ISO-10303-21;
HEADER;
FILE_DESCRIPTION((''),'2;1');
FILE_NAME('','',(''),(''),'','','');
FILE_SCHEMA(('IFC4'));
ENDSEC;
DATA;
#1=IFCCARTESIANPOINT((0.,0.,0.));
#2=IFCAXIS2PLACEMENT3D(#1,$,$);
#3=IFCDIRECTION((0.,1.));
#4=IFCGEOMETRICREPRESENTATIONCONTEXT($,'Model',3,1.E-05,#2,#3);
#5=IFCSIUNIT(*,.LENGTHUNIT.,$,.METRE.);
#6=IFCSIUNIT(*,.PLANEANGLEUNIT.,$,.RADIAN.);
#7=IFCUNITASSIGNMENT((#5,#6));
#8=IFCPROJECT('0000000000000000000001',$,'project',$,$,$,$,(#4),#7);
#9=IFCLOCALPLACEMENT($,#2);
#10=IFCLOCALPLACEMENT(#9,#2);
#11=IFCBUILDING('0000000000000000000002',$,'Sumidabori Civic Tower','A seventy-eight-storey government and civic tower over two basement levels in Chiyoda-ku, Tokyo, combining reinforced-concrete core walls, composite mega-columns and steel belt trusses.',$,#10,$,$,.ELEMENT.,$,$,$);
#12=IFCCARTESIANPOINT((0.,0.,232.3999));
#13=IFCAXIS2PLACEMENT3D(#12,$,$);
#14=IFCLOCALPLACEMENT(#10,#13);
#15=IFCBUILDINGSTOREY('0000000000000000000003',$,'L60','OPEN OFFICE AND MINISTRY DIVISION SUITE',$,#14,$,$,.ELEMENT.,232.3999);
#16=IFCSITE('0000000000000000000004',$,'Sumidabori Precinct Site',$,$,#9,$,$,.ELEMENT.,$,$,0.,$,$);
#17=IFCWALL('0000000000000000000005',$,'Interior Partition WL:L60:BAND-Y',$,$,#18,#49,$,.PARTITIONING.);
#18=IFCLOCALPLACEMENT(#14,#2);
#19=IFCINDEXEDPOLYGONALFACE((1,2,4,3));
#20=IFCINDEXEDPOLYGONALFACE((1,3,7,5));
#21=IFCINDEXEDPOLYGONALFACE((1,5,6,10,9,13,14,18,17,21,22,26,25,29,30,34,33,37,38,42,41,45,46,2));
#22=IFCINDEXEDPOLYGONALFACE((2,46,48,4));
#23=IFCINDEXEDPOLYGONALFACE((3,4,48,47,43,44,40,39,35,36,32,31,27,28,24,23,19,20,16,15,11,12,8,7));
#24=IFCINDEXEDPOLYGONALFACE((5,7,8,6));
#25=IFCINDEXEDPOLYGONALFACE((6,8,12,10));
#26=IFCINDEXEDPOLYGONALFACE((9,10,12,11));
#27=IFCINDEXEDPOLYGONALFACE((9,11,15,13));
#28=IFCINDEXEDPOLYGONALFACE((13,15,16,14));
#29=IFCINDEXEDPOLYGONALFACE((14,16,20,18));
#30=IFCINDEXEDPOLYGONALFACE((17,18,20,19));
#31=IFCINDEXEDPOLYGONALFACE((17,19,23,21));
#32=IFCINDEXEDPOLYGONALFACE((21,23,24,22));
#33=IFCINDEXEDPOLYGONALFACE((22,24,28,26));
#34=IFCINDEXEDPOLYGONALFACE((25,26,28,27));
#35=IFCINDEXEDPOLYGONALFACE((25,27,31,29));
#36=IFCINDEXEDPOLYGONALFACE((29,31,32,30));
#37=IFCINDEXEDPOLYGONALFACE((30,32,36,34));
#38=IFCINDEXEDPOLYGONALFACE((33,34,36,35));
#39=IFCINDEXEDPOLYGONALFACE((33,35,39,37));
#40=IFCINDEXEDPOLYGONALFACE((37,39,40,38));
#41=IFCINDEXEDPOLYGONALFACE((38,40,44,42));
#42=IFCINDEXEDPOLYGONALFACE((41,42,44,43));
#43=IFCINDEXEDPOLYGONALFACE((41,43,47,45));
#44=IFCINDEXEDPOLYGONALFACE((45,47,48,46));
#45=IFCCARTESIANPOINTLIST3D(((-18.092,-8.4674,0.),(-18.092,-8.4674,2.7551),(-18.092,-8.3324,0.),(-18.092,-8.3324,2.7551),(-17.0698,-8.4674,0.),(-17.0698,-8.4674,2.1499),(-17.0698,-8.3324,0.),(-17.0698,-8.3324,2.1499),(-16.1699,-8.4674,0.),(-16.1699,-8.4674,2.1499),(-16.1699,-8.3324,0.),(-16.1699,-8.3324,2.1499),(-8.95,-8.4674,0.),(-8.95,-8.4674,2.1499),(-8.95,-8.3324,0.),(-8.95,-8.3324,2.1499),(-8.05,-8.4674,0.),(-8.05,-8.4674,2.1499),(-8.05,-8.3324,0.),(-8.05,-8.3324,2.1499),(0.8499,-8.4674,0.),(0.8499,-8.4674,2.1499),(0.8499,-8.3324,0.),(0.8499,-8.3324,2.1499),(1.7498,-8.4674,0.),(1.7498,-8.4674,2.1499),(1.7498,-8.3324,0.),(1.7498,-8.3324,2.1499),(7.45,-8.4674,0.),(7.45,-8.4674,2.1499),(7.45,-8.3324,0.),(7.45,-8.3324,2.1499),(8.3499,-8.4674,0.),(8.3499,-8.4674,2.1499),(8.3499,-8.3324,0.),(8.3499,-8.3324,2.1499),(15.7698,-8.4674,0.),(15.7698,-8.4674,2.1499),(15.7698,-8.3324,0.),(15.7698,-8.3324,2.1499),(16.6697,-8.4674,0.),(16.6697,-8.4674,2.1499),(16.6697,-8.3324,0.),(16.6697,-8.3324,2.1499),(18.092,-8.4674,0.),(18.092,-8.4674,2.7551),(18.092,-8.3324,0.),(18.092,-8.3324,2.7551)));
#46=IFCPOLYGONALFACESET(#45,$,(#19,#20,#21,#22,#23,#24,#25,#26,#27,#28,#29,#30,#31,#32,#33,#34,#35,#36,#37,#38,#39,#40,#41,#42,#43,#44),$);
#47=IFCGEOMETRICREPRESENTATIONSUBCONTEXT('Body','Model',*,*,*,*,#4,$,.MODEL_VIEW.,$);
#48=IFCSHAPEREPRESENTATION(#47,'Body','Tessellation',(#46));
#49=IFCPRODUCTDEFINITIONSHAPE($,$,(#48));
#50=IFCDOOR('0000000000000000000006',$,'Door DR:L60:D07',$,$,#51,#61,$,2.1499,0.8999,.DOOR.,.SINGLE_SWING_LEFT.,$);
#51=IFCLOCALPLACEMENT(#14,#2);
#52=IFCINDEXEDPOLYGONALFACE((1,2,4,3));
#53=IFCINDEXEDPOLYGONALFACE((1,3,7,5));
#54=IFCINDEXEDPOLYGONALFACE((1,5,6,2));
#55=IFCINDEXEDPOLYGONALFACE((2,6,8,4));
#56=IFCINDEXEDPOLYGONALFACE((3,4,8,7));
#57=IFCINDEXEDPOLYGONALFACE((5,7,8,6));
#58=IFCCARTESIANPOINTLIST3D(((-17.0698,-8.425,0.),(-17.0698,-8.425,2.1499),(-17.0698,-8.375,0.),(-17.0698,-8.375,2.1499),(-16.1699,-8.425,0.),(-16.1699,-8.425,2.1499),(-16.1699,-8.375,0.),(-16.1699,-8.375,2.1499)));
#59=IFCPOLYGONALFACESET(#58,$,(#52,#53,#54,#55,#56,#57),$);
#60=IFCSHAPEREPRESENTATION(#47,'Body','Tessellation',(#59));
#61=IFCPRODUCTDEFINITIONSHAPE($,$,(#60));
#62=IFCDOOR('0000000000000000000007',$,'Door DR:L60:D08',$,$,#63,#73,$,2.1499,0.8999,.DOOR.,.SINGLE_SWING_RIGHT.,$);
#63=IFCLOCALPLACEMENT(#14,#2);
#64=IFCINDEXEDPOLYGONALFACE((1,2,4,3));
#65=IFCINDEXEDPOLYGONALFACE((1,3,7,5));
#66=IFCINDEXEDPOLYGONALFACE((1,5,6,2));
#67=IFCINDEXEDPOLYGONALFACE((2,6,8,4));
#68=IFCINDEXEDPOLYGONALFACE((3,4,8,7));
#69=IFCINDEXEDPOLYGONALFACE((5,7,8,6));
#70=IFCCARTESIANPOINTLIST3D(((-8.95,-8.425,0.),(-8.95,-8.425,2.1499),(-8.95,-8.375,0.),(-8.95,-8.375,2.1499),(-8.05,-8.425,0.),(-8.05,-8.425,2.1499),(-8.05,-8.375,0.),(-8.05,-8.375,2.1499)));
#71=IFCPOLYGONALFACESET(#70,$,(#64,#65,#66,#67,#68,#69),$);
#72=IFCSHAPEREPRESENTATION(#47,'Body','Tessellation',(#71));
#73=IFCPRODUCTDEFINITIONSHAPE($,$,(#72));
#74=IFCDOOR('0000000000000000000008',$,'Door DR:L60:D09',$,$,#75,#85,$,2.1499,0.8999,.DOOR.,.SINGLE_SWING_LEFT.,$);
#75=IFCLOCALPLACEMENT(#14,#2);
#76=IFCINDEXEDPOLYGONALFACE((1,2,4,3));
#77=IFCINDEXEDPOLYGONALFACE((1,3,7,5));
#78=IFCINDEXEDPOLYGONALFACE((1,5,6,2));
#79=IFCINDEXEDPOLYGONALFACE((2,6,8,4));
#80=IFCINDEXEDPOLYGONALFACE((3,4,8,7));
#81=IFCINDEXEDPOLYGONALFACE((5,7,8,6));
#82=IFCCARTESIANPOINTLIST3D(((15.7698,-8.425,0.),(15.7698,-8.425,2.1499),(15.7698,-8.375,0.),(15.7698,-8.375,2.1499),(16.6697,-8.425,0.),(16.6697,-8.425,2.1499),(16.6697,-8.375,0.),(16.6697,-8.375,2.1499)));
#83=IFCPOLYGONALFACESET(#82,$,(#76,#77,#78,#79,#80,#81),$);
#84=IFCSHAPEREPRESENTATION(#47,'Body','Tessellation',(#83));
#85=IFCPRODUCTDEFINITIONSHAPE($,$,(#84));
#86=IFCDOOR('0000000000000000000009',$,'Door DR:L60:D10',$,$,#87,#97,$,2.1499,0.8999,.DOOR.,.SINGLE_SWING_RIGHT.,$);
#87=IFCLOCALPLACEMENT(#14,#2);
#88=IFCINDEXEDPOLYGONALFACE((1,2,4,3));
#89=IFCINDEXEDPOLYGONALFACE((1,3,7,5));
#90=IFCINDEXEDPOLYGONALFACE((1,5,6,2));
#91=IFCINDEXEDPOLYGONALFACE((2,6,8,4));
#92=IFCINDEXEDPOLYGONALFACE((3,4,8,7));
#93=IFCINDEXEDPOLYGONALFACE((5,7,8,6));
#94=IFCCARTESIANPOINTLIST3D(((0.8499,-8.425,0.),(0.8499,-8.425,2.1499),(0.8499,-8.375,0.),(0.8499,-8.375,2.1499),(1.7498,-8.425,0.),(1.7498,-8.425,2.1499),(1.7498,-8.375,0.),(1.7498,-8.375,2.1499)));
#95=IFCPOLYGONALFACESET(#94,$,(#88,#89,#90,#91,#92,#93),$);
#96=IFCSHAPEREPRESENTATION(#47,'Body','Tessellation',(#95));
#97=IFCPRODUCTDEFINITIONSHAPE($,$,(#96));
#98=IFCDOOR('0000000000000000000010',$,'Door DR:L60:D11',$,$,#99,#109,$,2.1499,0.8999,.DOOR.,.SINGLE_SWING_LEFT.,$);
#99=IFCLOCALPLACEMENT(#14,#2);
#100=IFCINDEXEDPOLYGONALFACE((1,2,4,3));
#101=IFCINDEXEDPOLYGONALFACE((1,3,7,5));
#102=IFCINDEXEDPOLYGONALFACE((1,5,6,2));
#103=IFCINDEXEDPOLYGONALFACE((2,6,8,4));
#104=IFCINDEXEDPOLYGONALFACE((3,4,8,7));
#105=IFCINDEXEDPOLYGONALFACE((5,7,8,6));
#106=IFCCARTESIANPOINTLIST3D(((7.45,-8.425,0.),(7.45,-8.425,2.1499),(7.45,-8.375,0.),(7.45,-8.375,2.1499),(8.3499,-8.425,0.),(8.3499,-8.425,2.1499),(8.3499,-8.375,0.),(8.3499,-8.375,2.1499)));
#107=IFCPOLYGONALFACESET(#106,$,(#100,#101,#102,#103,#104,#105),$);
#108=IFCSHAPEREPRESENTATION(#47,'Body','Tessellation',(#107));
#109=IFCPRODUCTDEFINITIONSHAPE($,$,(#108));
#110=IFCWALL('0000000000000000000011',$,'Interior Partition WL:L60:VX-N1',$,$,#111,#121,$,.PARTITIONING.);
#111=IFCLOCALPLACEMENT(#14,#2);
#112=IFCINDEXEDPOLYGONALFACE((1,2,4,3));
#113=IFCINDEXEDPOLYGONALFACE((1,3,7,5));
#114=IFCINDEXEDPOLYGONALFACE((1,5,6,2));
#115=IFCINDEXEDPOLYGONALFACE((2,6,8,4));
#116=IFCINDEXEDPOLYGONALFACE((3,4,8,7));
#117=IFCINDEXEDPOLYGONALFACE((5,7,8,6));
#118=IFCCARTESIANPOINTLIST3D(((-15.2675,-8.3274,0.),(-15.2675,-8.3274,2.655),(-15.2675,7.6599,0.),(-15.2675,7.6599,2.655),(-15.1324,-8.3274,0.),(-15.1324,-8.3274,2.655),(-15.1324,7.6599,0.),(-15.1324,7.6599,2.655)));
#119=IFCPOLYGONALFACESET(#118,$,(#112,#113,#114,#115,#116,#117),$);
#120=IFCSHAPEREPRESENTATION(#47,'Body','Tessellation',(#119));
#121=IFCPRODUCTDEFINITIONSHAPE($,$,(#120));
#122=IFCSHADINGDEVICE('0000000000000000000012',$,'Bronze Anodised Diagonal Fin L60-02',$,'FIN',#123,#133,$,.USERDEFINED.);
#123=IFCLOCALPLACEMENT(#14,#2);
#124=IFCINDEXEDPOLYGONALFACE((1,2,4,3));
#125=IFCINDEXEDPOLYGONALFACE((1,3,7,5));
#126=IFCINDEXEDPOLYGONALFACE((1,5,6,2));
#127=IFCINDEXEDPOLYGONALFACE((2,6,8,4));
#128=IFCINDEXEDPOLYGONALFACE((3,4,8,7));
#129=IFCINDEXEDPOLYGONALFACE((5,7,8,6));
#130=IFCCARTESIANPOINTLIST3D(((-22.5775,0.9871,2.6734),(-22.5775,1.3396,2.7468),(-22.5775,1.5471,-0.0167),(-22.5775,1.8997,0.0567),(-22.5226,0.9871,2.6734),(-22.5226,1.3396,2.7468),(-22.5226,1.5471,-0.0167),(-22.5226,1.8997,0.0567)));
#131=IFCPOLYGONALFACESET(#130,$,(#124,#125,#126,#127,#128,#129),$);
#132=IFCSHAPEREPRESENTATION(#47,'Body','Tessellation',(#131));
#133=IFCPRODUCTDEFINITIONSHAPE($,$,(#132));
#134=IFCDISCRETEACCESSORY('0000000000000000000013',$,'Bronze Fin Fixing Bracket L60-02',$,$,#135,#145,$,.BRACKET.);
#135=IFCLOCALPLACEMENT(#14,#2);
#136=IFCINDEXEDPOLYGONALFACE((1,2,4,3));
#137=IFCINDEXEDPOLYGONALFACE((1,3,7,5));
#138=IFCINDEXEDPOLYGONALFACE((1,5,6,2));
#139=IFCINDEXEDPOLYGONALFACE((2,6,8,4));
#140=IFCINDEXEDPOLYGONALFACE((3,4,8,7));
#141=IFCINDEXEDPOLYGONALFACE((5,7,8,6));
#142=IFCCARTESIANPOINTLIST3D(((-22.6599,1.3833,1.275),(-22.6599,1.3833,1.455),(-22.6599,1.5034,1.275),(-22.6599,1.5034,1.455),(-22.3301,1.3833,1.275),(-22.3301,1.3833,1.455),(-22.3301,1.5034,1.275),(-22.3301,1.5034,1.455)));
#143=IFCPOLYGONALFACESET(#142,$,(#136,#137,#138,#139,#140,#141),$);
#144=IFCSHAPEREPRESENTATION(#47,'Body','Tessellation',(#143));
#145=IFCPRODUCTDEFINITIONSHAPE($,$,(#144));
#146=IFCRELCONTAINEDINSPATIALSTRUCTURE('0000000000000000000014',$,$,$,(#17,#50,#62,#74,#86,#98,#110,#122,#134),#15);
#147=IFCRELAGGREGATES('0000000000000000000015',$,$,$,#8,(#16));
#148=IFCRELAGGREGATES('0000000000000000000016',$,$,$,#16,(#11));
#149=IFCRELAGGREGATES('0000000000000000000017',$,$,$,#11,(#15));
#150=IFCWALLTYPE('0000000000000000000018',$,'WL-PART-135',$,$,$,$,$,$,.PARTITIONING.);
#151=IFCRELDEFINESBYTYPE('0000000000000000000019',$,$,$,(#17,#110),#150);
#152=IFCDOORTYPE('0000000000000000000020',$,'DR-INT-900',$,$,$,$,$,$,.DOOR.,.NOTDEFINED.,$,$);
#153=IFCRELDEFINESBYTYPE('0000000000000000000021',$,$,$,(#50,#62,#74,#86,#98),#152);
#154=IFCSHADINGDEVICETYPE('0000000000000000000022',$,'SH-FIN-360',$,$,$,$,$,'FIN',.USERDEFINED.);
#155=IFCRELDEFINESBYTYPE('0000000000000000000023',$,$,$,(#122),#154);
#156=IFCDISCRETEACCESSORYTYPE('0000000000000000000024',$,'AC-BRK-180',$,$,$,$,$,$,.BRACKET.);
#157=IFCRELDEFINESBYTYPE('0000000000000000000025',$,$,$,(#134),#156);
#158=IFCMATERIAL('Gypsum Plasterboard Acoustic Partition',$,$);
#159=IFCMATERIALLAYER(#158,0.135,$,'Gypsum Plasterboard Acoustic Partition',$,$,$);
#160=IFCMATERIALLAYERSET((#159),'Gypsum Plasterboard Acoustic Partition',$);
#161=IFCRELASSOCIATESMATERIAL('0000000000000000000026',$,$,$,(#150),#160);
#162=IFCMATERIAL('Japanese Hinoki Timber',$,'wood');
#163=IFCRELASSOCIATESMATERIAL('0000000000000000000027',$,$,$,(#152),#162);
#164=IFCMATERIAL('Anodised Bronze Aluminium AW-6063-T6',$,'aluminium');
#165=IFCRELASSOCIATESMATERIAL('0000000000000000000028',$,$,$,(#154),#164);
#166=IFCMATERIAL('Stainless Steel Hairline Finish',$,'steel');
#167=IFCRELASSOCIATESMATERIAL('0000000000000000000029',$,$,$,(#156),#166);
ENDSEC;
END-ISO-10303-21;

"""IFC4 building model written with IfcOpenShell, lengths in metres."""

from ifc_helpers import new_model, si_unit, direction, frame, frame_2d, origin, origin_2d, place, context, subcontext, project, spatial, rectangle, extrude, source, transform, mapped, material, layer, layer_set, material_profile, profile_set, type_object, element, fill, save


model = new_model("IFC4")

# Units and contexts
model_context = context("Model", 3, precision=1e-05, world=origin(), true_north=direction((0.0, 1.0)))
body_context = subcontext(model_context, "Body", "Model", "MODEL_VIEW")
ifc_project = project(units=[si_unit("LENGTHUNIT", "METRE"), si_unit("PLANEANGLEUNIT", "RADIAN")], contexts=[model_context])

# Site, building, storey
site_placement = place(None, origin())
site = spatial("IfcSite", under=ifc_project, at=site_placement, Name="Sumidabori Precinct Site", CompositionType="ELEMENT", RefElevation=0.0)
building_placement = place(site_placement, origin())
building = spatial("IfcBuilding", under=site, at=building_placement, Name="Sumidabori Civic Tower", Description="A seventy-eight-storey government and civic tower over two basement levels in Chiyoda-ku, Tokyo, combining reinforced-concrete core walls, composite mega-columns and steel belt trusses.", CompositionType="ELEMENT")
storey_placement = place(building_placement, frame((0.0, 0.0, 232.3999)))
storey = spatial("IfcBuildingStorey", under=building, at=storey_placement, Name="L60", Description="OPEN OFFICE AND MINISTRY DIVISION SUITE", CompositionType="ELEMENT", Elevation=232.3999)

# Shared definitions
ifc_material_1 = material(Name="Anodised Bronze Aluminium AW-6063-T6", Category="aluminium")

# Shared definitions
ifc_material_2 = material(Name="Gypsum Plasterboard Acoustic Partition")
ifc_layer_1 = layer(ifc_material_2, 0.135, Name="Gypsum Plasterboard Acoustic Partition")
ifc_layer_set_1 = layer_set([ifc_layer_1], Name="Gypsum Plasterboard Acoustic Partition")
wall_type_1 = type_object("IfcWallType", Name="WL-PART-135", PredefinedType="PARTITIONING", material=ifc_layer_set_1)
ifc_material_3 = material(Name="Japanese Hinoki Timber", Category="wood")
door_type = type_object("IfcDoorType", Name="DR-INT-900", OperationType="NOTDEFINED", PredefinedType="DOOR", material=ifc_material_3)
shared_shape_1 = source(origin(), body_context, "Body", "SweptSolid", [
    extrude(rectangle(XDim=0.8999, YDim=2.1499, at=frame_2d((0.45, 1.075))), frame((0.0, 0.0249, 0.0), z_axis=(0.0, -1.0, 0.0), x_axis=(1.0, 0.0, 0.0)), (0.0, 0.0, 1.0), 0.05),
])

# Wall, openings, doors
shared_shape_2 = source(origin(), body_context, "Body", "SweptSolid", [
    extrude(rectangle(XDim=36.1841, YDim=0.135, at=frame_2d((18.092, 0.0))), origin(), (0.0, 0.0, 1.0), 2.7551),
])
wall_1_placement = place(storey_placement, frame((-18.092, -8.3999, 0.0), z_axis=(0.0, 0.0, 1.0), x_axis=(1.0, 0.0, 0.0)))
wall_1 = element("IfcWall", 1, at=wall_1_placement, inside=storey, type_object=wall_type_1, Name="Interior Partition WL:L60:BAND-Y", PredefinedType="PARTITIONING", context=body_context, shape_type="MappedRepresentation", body=[
    mapped(shared_shape_2, transform((0.0, 0.0, 0.0), x_axis=(1.0, 0.0, 0.0), y_axis=(0.0, 1.0, 0.0), z_axis=(0.0, 0.0, 1.0), scale=1.0)),
])
opening_1_placement = place(wall_1_placement, frame((1.0222, 0.0, 0.0)))
opening_1 = element("IfcOpeningElement", 2, at=opening_1_placement, cuts=wall_1, PredefinedType="OPENING", context=body_context, shape_type="SweptSolid", body=[
    extrude(rectangle(XDim=0.8999, YDim=2.1499, at=frame_2d((0.45, 1.075))), frame((0.0, 0.0796, 0.0), z_axis=(0.0, -1.0, 0.0), x_axis=(1.0, 0.0, 0.0)), (0.0, 0.0, 1.0), 0.1589),
])
opening_2_placement = place(wall_1_placement, frame((9.1421, 0.0, 0.0)))
opening_2 = element("IfcOpeningElement", 3, at=opening_2_placement, cuts=wall_1, PredefinedType="OPENING", context=body_context, shape_type="SweptSolid", body=[
    extrude(rectangle(XDim=0.8999, YDim=2.1499, at=frame_2d((0.45, 1.075))), frame((0.0, 0.0796, 0.0), z_axis=(0.0, -1.0, 0.0), x_axis=(1.0, 0.0, 0.0)), (0.0, 0.0, 1.0), 0.1589),
])
opening_3_placement = place(wall_1_placement, frame((33.8618, 0.0, 0.0)))
opening_3 = element("IfcOpeningElement", 4, at=opening_3_placement, cuts=wall_1, PredefinedType="OPENING", context=body_context, shape_type="SweptSolid", body=[
    extrude(rectangle(XDim=0.8999, YDim=2.1499, at=frame_2d((0.45, 1.075))), frame((0.0, 0.0796, 0.0), z_axis=(0.0, -1.0, 0.0), x_axis=(1.0, 0.0, 0.0)), (0.0, 0.0, 1.0), 0.1589),
])
opening_4_placement = place(wall_1_placement, frame((18.9419, 0.0, 0.0)))
opening_4 = element("IfcOpeningElement", 5, at=opening_4_placement, cuts=wall_1, PredefinedType="OPENING", context=body_context, shape_type="SweptSolid", body=[
    extrude(rectangle(XDim=0.8999, YDim=2.1499, at=frame_2d((0.45, 1.075))), frame((0.0, 0.0796, 0.0), z_axis=(0.0, -1.0, 0.0), x_axis=(1.0, 0.0, 0.0)), (0.0, 0.0, 1.0), 0.1589),
])
opening_5_placement = place(wall_1_placement, frame((25.542, 0.0, 0.0)))
opening_5 = element("IfcOpeningElement", 6, at=opening_5_placement, cuts=wall_1, PredefinedType="OPENING", context=body_context, shape_type="SweptSolid", body=[
    extrude(rectangle(XDim=0.8999, YDim=2.1499, at=frame_2d((0.45, 1.075))), frame((0.0, 0.0796, 0.0), z_axis=(0.0, -1.0, 0.0), x_axis=(1.0, 0.0, 0.0)), (0.0, 0.0, 1.0), 0.1589),
])
door_1_placement = place(opening_1_placement, origin())
door_1 = element("IfcDoor", 7, at=door_1_placement, inside=storey, type_object=door_type, Name="Door DR:L60:D07", OperationType="SINGLE_SWING_LEFT", OverallHeight=2.1499, OverallWidth=0.8999, PredefinedType="DOOR", context=body_context, shape_type="MappedRepresentation", body=[
    mapped(shared_shape_1, transform((0.0, 0.0, 0.0), x_axis=(1.0, 0.0, 0.0), y_axis=(0.0, 1.0, 0.0), z_axis=(0.0, 0.0, 1.0), scale=1.0)),
])
fill(opening_1, door_1)
door_2_placement = place(opening_2_placement, origin())
door_2 = element("IfcDoor", 8, at=door_2_placement, inside=storey, type_object=door_type, Name="Door DR:L60:D08", OperationType="SINGLE_SWING_RIGHT", OverallHeight=2.1499, OverallWidth=0.8999, PredefinedType="DOOR", context=body_context, shape_type="MappedRepresentation", body=[
    mapped(shared_shape_1, transform((0.0, 0.0, 0.0), x_axis=(1.0, 0.0, 0.0), y_axis=(0.0, 1.0, 0.0), z_axis=(0.0, 0.0, 1.0), scale=1.0)),
])
fill(opening_2, door_2)
door_3_placement = place(opening_3_placement, origin())
door_3 = element("IfcDoor", 9, at=door_3_placement, inside=storey, type_object=door_type, Name="Door DR:L60:D09", OperationType="SINGLE_SWING_LEFT", OverallHeight=2.1499, OverallWidth=0.8999, PredefinedType="DOOR", context=body_context, shape_type="MappedRepresentation", body=[
    mapped(shared_shape_1, transform((0.0, 0.0, 0.0), x_axis=(1.0, 0.0, 0.0), y_axis=(0.0, 1.0, 0.0), z_axis=(0.0, 0.0, 1.0), scale=1.0)),
])
fill(opening_3, door_3)
door_4_placement = place(opening_4_placement, origin())
door_4 = element("IfcDoor", 10, at=door_4_placement, inside=storey, type_object=door_type, Name="Door DR:L60:D10", OperationType="SINGLE_SWING_RIGHT", OverallHeight=2.1499, OverallWidth=0.8999, PredefinedType="DOOR", context=body_context, shape_type="MappedRepresentation", body=[
    mapped(shared_shape_1, transform((0.0, 0.0, 0.0), x_axis=(1.0, 0.0, 0.0), y_axis=(0.0, 1.0, 0.0), z_axis=(0.0, 0.0, 1.0), scale=1.0)),
])
fill(opening_4, door_4)
door_5_placement = place(opening_5_placement, origin())
door_5 = element("IfcDoor", 11, at=door_5_placement, inside=storey, type_object=door_type, Name="Door DR:L60:D11", OperationType="SINGLE_SWING_LEFT", OverallHeight=2.1499, OverallWidth=0.8999, PredefinedType="DOOR", context=body_context, shape_type="MappedRepresentation", body=[
    mapped(shared_shape_1, transform((0.0, 0.0, 0.0), x_axis=(1.0, 0.0, 0.0), y_axis=(0.0, 1.0, 0.0), z_axis=(0.0, 0.0, 1.0), scale=1.0)),
])
fill(opening_5, door_5)

# Wall
shared_shape_3 = source(origin(), body_context, "Body", "SweptSolid", [
    extrude(rectangle(XDim=15.9873, YDim=0.135, at=frame_2d((7.9937, 0.0))), origin(), (0.0, 0.0, 1.0), 2.655),
])
wall_2_placement = place(storey_placement, frame((-15.2, -8.3274, 0.0), z_axis=(0.0, 0.0, 1.0), x_axis=(0.0, 1.0, 0.0)))
element("IfcWall", 12, at=wall_2_placement, inside=storey, type_object=wall_type_1, Name="Interior Partition WL:L60:VX-N1", PredefinedType="PARTITIONING", context=body_context, shape_type="MappedRepresentation", body=[
    mapped(shared_shape_3, transform((0.0, 0.0, 0.0), x_axis=(1.0, 0.0, 0.0), y_axis=(0.0, 1.0, 0.0), z_axis=(0.0, 0.0, 1.0), scale=1.0)),
])

# Shading device
ifc_material_profile_1 = material_profile(ifc_material_1, rectangle(XDim=0.0549, YDim=0.3601, at=origin_2d()), Name="BRONZE FIN 360x55")
ifc_profile_set_1 = profile_set([ifc_material_profile_1], Name="Anodised Bronze Aluminium AW-6063-T6")
shading_device_type = type_object("IfcShadingDeviceType", Name="SH-FIN-360", ElementType="FIN", PredefinedType="USERDEFINED", material=ifc_profile_set_1)
shared_shape_4 = source(origin(), body_context, "Body", "SweptSolid", [
    extrude(rectangle(XDim=0.0549, YDim=0.3601, at=origin_2d()), origin(), (0.0, 0.0, 1.0), 2.7478),
])
shading_device_placement = place(storey_placement, frame((-22.55, 1.7234, 0.02), z_axis=(0.0, -0.203816, 0.979009), x_axis=(-1.0, 0.0, 0.0)))
element("IfcShadingDevice", 13, at=shading_device_placement, inside=storey, type_object=shading_device_type, Name="Bronze Anodised Diagonal Fin L60-02", ObjectType="FIN", PredefinedType="USERDEFINED", context=body_context, shape_type="MappedRepresentation", body=[
    mapped(shared_shape_4, transform((0.0, 0.0, 0.0), x_axis=(1.0, 0.0, 0.0), y_axis=(0.0, 1.0, 0.0), z_axis=(0.0, 0.0, 1.0), scale=1.0)),
])

# Discrete accessory
ifc_material_4 = material(Name="Stainless Steel Hairline Finish", Category="steel")
ifc_material_profile_2 = material_profile(ifc_material_4, rectangle(XDim=0.1201, YDim=0.1799, at=origin_2d()), Name="STEEL BRACKET 180x120")
ifc_profile_set_2 = profile_set([ifc_material_profile_2], Name="Stainless Steel Hairline Finish")
discrete_accessory_type = type_object("IfcDiscreteAccessoryType", Name="AC-BRK-180", PredefinedType="BRACKET", material=ifc_profile_set_2)
shared_shape_5 = source(origin(), body_context, "Body", "SweptSolid", [
    extrude(rectangle(XDim=0.1201, YDim=0.1799, at=origin_2d()), origin(), (0.0, 0.0, 1.0), 0.3298),
])
discrete_accessory_placement = place(storey_placement, frame((-22.3301, 1.4434, 1.365), z_axis=(-1.0, 0.0, 0.0), x_axis=(0.0, -1.0, 0.0)))
element("IfcDiscreteAccessory", 14, at=discrete_accessory_placement, inside=storey, type_object=discrete_accessory_type, Name="Bronze Fin Fixing Bracket L60-02", PredefinedType="BRACKET", context=body_context, shape_type="MappedRepresentation", body=[
    mapped(shared_shape_5, transform((0.0, 0.0, 0.0), x_axis=(1.0, 0.0, 0.0), y_axis=(0.0, 1.0, 0.0), z_axis=(0.0, 0.0, 1.0), scale=1.0)),
])

save(model, "model.ifc")
